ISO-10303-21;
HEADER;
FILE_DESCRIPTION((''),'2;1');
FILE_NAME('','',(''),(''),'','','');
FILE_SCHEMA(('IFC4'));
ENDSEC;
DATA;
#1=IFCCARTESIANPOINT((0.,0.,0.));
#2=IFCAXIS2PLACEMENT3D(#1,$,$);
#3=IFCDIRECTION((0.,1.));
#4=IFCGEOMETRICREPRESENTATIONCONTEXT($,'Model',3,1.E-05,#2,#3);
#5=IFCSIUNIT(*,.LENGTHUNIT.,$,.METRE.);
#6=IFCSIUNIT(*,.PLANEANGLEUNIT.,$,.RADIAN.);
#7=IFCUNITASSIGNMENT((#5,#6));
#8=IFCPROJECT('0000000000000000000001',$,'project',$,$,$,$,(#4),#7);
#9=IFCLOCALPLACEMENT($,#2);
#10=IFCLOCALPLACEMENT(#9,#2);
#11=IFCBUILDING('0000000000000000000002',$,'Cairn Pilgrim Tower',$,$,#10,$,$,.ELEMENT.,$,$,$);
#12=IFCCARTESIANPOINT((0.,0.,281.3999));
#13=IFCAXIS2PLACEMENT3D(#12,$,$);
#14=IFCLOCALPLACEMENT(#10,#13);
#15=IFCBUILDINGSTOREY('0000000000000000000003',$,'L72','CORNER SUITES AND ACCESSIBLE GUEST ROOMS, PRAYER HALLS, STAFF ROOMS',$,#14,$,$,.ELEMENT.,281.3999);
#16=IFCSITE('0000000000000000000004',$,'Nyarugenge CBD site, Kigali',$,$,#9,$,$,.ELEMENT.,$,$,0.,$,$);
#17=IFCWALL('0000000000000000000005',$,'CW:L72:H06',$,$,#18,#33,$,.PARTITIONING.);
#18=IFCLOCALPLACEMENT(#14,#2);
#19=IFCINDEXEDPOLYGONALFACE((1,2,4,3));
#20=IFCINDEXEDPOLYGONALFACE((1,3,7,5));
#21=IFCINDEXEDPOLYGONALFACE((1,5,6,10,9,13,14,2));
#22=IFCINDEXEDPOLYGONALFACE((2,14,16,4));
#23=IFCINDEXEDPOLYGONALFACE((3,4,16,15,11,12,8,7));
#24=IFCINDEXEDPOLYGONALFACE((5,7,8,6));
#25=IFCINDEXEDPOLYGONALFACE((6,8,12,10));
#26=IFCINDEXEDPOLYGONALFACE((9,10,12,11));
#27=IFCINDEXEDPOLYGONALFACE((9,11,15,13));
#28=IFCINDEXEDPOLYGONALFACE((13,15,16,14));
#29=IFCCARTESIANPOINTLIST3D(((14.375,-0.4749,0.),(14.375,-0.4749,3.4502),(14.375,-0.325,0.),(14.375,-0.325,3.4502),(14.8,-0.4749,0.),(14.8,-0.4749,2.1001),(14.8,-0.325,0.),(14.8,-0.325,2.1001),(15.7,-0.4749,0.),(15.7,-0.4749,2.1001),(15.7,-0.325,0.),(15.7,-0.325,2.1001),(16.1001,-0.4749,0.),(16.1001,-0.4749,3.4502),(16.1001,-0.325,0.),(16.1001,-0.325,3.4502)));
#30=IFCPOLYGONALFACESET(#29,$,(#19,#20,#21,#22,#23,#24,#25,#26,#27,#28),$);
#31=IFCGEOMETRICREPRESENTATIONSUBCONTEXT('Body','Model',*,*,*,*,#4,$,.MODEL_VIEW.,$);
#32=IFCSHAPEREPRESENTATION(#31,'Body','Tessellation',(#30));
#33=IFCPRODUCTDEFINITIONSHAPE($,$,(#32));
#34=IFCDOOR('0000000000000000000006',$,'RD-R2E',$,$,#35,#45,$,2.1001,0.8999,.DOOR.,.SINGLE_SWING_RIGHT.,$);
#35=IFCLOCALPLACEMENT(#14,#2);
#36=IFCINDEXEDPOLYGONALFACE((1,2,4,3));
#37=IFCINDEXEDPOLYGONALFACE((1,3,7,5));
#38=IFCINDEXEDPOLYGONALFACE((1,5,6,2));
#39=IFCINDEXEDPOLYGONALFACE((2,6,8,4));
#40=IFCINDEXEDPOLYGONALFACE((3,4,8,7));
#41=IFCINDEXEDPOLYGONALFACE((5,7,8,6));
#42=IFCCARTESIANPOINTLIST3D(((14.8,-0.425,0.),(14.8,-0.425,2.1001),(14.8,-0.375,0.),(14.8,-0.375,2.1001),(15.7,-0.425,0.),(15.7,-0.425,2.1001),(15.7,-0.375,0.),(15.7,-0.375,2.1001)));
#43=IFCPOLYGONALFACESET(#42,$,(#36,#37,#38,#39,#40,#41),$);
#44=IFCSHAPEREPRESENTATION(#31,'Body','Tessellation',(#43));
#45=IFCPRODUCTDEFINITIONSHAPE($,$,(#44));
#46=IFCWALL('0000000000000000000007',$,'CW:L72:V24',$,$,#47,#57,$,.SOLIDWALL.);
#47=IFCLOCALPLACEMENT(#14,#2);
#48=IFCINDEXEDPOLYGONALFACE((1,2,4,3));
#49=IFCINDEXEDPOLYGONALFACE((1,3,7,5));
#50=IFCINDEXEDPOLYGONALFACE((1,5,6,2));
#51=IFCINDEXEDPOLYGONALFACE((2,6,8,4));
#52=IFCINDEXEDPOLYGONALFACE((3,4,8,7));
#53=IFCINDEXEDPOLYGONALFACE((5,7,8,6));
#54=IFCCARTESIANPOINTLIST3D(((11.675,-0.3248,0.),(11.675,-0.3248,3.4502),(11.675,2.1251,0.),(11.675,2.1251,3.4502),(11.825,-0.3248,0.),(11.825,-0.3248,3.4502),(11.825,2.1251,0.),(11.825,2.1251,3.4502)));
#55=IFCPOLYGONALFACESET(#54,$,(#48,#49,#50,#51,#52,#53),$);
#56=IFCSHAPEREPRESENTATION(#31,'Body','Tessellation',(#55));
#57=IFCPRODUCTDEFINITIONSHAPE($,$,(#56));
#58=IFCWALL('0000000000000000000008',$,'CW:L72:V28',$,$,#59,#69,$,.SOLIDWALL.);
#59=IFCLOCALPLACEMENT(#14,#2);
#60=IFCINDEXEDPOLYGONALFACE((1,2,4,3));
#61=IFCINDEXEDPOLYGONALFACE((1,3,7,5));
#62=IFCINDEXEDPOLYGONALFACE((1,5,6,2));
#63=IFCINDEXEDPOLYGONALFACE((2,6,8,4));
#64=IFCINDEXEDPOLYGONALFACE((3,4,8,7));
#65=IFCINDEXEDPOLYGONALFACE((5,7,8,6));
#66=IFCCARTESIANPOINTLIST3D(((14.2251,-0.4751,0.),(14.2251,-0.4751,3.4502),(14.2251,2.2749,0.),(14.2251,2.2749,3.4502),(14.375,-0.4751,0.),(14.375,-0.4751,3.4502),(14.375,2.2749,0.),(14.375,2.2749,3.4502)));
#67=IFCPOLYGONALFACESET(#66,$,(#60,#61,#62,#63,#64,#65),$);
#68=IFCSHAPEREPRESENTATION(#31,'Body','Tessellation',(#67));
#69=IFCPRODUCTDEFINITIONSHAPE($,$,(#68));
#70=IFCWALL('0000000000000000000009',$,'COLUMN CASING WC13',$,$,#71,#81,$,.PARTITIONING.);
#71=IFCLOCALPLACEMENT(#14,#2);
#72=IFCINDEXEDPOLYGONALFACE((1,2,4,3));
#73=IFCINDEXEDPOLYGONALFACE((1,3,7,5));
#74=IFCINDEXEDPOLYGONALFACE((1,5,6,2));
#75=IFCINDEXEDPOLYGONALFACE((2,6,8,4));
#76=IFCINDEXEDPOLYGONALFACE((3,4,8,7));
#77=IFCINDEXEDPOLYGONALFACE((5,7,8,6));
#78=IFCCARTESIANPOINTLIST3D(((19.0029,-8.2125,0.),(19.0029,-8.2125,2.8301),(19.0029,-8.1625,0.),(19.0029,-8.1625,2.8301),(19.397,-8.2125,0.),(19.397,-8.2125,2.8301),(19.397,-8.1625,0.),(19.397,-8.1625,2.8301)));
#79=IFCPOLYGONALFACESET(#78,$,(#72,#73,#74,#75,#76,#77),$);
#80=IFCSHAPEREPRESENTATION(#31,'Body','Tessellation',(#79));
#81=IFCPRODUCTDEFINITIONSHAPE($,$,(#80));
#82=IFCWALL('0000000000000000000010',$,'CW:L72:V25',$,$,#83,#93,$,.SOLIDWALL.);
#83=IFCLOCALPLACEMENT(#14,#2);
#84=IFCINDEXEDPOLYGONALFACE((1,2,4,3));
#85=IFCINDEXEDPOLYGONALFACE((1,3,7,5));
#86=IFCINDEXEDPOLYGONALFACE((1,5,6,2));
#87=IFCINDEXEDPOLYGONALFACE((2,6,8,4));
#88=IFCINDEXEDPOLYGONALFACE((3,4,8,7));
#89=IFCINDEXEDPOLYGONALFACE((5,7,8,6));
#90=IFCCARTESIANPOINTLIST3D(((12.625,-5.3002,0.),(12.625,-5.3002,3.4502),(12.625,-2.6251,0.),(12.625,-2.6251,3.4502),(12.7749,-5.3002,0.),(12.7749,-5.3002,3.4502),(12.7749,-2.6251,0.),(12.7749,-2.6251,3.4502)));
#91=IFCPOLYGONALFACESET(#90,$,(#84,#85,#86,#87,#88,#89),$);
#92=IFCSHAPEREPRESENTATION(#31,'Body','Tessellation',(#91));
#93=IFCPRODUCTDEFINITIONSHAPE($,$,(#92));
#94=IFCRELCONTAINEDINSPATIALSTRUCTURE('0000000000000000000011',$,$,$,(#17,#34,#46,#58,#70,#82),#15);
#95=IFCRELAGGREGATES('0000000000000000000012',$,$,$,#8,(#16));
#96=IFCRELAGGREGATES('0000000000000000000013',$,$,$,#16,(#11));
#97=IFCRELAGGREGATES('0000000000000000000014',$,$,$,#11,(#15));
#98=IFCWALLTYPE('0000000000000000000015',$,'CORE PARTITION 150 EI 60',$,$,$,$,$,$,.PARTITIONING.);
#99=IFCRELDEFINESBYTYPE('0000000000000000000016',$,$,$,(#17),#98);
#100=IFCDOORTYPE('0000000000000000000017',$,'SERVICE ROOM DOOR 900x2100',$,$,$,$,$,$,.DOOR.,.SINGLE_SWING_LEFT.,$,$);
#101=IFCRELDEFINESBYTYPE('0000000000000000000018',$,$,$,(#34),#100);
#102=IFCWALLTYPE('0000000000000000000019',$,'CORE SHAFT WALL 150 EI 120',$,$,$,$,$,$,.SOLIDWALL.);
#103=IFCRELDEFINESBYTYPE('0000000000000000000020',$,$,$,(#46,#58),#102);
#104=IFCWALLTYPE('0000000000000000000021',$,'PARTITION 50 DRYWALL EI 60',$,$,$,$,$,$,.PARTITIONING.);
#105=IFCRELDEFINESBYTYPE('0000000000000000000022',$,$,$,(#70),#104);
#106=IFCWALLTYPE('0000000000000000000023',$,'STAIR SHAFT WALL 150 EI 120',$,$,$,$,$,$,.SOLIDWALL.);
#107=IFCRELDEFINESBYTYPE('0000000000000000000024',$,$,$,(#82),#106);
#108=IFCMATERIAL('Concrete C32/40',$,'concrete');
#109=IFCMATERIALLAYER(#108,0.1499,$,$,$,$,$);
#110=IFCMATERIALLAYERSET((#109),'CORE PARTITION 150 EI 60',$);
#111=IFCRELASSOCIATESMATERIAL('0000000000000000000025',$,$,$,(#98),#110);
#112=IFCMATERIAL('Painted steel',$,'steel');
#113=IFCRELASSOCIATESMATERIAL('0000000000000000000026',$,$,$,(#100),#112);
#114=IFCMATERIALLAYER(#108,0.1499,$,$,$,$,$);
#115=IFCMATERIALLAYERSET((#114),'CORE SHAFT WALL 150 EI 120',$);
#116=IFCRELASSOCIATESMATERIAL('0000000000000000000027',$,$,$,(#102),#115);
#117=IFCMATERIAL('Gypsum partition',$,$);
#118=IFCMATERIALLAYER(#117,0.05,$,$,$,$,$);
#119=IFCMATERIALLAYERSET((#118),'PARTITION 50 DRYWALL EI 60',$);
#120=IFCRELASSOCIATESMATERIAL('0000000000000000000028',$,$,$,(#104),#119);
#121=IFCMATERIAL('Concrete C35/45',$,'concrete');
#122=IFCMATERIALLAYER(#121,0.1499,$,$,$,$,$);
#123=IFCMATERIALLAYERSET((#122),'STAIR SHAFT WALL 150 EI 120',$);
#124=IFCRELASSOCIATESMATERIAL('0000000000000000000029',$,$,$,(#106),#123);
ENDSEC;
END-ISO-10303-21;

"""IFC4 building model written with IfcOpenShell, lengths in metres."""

from ifc_helpers import new_model, si_unit, direction, frame, frame_2d, origin, place, context, subcontext, project, spatial, rectangle, extrude, material, layer, layer_set, type_object, element, fill, save


model = new_model("IFC4")

# Units and contexts
model_context = context("Model", 3, precision=1e-05, world=origin(), true_north=direction((0.0, 1.0)))
body_context = subcontext(model_context, "Body", "Model", "MODEL_VIEW")
ifc_project = project(units=[si_unit("LENGTHUNIT", "METRE"), si_unit("PLANEANGLEUNIT", "RADIAN")], contexts=[model_context])

# Site, building, storey
site_placement = place(None, origin())
site = spatial("IfcSite", under=ifc_project, at=site_placement, Name="Nyarugenge CBD site, Kigali", CompositionType="ELEMENT", RefElevation=0.0)
building_placement = place(site_placement, origin())
building = spatial("IfcBuilding", under=site, at=building_placement, Name="Cairn Pilgrim Tower", CompositionType="ELEMENT")
storey_placement = place(building_placement, frame((0.0, 0.0, 281.3999)))
storey = spatial("IfcBuildingStorey", under=building, at=storey_placement, Name="L72", Description="CORNER SUITES AND ACCESSIBLE GUEST ROOMS, PRAYER HALLS, STAFF ROOMS", CompositionType="ELEMENT", Elevation=281.3999)

# Shared definitions
ifc_material_1 = material(Name="Concrete C32/40", Category="concrete")

# Shared definitions
ifc_material_2 = material(Name="Painted steel", Category="steel")

# Wall, opening, door
ifc_layer_1 = layer(ifc_material_1, 0.1499)
ifc_layer_set_1 = layer_set([ifc_layer_1], Name="CORE PARTITION 150 EI 60")
wall_type_1 = type_object("IfcWallType", Name="CORE PARTITION 150 EI 60", PredefinedType="PARTITIONING", material=ifc_layer_set_1)
wall_1_placement = place(storey_placement, frame((14.375, -0.3999, 0.0), z_axis=(0.0, 0.0, 1.0), x_axis=(1.0, 0.0, 0.0)))
wall_1 = element("IfcWall", 1, at=wall_1_placement, inside=storey, type_object=wall_type_1, Name="CW:L72:H06", PredefinedType="PARTITIONING", context=body_context, shape_type="SweptSolid", body=[
    extrude(rectangle(XDim=1.7251, YDim=0.1499, at=frame_2d((0.8625, 0.0))), origin(), (0.0, 0.0, 1.0), 3.4502),
])
opening_1_placement = place(wall_1_placement, frame((0.425, 0.0, 0.0)))
opening_1 = element("IfcOpeningElement", 2, at=opening_1_placement, cuts=wall_1, PredefinedType="OPENING", context=body_context, shape_type="SweptSolid", body=[
    extrude(rectangle(XDim=0.8999, YDim=2.1001, at=frame_2d((0.45, 1.05))), frame((0.0, 0.085, 0.0), z_axis=(0.0, -1.0, 0.0), x_axis=(1.0, 0.0, 0.0)), (0.0, 0.0, 1.0), 0.1699),
])
door_type_1 = type_object("IfcDoorType", Name="SERVICE ROOM DOOR 900x2100", OperationType="SINGLE_SWING_LEFT", PredefinedType="DOOR", material=ifc_material_2)
door_1_placement = place(opening_1_placement, origin())
door_1 = element("IfcDoor", 3, at=door_1_placement, inside=storey, type_object=door_type_1, Name="RD-R2E", OperationType="SINGLE_SWING_RIGHT", OverallHeight=2.1001, OverallWidth=0.8999, PredefinedType="DOOR", context=body_context, shape_type="SweptSolid", body=[
    extrude(rectangle(XDim=0.8999, YDim=2.1001, at=frame_2d((0.45, 1.05))), frame((0.0, 0.0249, 0.0), z_axis=(0.0, -1.0, 0.0), x_axis=(1.0, 0.0, 0.0)), (0.0, 0.0, 1.0), 0.05),
])
fill(opening_1, door_1)

# Walls
ifc_layer_2 = layer(ifc_material_1, 0.1499)
ifc_layer_set_2 = layer_set([ifc_layer_2], Name="CORE SHAFT WALL 150 EI 120")
wall_type_2 = type_object("IfcWallType", Name="CORE SHAFT WALL 150 EI 120", PredefinedType="SOLIDWALL", material=ifc_layer_set_2)
wall_2_placement = place(storey_placement, frame((11.75, -0.325, 0.0), z_axis=(0.0, 0.0, 1.0), x_axis=(0.0, 1.0, 0.0)))
element("IfcWall", 4, at=wall_2_placement, inside=storey, type_object=wall_type_2, Name="CW:L72:V24", PredefinedType="SOLIDWALL", context=body_context, shape_type="SweptSolid", body=[
    extrude(rectangle(XDim=2.45, YDim=0.1499, at=frame_2d((1.2251, 0.0))), origin(), (0.0, 0.0, 1.0), 3.4502),
])
wall_3_placement = place(storey_placement, frame((14.3, -0.4751, 0.0), z_axis=(0.0, 0.0, 1.0), x_axis=(0.0, 1.0, 0.0)))
element("IfcWall", 5, at=wall_3_placement, inside=storey, type_object=wall_type_2, Name="CW:L72:V28", PredefinedType="SOLIDWALL", context=body_context, shape_type="SweptSolid", body=[
    extrude(rectangle(XDim=2.75, YDim=0.1499, at=frame_2d((1.375, 0.0))), origin(), (0.0, 0.0, 1.0), 3.4502),
])
ifc_material_3 = material(Name="Gypsum partition")
ifc_layer_3 = layer(ifc_material_3, 0.05)
ifc_layer_set_3 = layer_set([ifc_layer_3], Name="PARTITION 50 DRYWALL EI 60")
wall_type_3 = type_object("IfcWallType", Name="PARTITION 50 DRYWALL EI 60", PredefinedType="PARTITIONING", material=ifc_layer_set_3)
wall_4_placement = place(storey_placement, frame((19.0029, -8.1875, 0.0), z_axis=(0.0, 0.0, 1.0), x_axis=(1.0, 0.0, 0.0)))
element("IfcWall", 6, at=wall_4_placement, inside=storey, type_object=wall_type_3, Name="COLUMN CASING WC13", PredefinedType="PARTITIONING", context=body_context, shape_type="SweptSolid", body=[
    extrude(rectangle(XDim=0.394, YDim=0.05, at=frame_2d((0.197, 0.0))), origin(), (0.0, 0.0, 1.0), 2.8301),
])
ifc_material_4 = material(Name="Concrete C35/45", Category="concrete")
ifc_layer_4 = layer(ifc_material_4, 0.1499)
ifc_layer_set_4 = layer_set([ifc_layer_4], Name="STAIR SHAFT WALL 150 EI 120")
wall_type_4 = type_object("IfcWallType", Name="STAIR SHAFT WALL 150 EI 120", PredefinedType="SOLIDWALL", material=ifc_layer_set_4)
wall_5_placement = place(storey_placement, frame((12.7, -5.3, 0.0), z_axis=(0.0, 0.0, 1.0), x_axis=(0.0, 1.0, 0.0)))
element("IfcWall", 7, at=wall_5_placement, inside=storey, type_object=wall_type_4, Name="CW:L72:V25", PredefinedType="SOLIDWALL", context=body_context, shape_type="SweptSolid", body=[
    extrude(rectangle(XDim=2.675, YDim=0.1499, at=frame_2d((1.3374, 0.0))), origin(), (0.0, 0.0, 1.0), 3.4502),
])

save(model, "model.ifc")
